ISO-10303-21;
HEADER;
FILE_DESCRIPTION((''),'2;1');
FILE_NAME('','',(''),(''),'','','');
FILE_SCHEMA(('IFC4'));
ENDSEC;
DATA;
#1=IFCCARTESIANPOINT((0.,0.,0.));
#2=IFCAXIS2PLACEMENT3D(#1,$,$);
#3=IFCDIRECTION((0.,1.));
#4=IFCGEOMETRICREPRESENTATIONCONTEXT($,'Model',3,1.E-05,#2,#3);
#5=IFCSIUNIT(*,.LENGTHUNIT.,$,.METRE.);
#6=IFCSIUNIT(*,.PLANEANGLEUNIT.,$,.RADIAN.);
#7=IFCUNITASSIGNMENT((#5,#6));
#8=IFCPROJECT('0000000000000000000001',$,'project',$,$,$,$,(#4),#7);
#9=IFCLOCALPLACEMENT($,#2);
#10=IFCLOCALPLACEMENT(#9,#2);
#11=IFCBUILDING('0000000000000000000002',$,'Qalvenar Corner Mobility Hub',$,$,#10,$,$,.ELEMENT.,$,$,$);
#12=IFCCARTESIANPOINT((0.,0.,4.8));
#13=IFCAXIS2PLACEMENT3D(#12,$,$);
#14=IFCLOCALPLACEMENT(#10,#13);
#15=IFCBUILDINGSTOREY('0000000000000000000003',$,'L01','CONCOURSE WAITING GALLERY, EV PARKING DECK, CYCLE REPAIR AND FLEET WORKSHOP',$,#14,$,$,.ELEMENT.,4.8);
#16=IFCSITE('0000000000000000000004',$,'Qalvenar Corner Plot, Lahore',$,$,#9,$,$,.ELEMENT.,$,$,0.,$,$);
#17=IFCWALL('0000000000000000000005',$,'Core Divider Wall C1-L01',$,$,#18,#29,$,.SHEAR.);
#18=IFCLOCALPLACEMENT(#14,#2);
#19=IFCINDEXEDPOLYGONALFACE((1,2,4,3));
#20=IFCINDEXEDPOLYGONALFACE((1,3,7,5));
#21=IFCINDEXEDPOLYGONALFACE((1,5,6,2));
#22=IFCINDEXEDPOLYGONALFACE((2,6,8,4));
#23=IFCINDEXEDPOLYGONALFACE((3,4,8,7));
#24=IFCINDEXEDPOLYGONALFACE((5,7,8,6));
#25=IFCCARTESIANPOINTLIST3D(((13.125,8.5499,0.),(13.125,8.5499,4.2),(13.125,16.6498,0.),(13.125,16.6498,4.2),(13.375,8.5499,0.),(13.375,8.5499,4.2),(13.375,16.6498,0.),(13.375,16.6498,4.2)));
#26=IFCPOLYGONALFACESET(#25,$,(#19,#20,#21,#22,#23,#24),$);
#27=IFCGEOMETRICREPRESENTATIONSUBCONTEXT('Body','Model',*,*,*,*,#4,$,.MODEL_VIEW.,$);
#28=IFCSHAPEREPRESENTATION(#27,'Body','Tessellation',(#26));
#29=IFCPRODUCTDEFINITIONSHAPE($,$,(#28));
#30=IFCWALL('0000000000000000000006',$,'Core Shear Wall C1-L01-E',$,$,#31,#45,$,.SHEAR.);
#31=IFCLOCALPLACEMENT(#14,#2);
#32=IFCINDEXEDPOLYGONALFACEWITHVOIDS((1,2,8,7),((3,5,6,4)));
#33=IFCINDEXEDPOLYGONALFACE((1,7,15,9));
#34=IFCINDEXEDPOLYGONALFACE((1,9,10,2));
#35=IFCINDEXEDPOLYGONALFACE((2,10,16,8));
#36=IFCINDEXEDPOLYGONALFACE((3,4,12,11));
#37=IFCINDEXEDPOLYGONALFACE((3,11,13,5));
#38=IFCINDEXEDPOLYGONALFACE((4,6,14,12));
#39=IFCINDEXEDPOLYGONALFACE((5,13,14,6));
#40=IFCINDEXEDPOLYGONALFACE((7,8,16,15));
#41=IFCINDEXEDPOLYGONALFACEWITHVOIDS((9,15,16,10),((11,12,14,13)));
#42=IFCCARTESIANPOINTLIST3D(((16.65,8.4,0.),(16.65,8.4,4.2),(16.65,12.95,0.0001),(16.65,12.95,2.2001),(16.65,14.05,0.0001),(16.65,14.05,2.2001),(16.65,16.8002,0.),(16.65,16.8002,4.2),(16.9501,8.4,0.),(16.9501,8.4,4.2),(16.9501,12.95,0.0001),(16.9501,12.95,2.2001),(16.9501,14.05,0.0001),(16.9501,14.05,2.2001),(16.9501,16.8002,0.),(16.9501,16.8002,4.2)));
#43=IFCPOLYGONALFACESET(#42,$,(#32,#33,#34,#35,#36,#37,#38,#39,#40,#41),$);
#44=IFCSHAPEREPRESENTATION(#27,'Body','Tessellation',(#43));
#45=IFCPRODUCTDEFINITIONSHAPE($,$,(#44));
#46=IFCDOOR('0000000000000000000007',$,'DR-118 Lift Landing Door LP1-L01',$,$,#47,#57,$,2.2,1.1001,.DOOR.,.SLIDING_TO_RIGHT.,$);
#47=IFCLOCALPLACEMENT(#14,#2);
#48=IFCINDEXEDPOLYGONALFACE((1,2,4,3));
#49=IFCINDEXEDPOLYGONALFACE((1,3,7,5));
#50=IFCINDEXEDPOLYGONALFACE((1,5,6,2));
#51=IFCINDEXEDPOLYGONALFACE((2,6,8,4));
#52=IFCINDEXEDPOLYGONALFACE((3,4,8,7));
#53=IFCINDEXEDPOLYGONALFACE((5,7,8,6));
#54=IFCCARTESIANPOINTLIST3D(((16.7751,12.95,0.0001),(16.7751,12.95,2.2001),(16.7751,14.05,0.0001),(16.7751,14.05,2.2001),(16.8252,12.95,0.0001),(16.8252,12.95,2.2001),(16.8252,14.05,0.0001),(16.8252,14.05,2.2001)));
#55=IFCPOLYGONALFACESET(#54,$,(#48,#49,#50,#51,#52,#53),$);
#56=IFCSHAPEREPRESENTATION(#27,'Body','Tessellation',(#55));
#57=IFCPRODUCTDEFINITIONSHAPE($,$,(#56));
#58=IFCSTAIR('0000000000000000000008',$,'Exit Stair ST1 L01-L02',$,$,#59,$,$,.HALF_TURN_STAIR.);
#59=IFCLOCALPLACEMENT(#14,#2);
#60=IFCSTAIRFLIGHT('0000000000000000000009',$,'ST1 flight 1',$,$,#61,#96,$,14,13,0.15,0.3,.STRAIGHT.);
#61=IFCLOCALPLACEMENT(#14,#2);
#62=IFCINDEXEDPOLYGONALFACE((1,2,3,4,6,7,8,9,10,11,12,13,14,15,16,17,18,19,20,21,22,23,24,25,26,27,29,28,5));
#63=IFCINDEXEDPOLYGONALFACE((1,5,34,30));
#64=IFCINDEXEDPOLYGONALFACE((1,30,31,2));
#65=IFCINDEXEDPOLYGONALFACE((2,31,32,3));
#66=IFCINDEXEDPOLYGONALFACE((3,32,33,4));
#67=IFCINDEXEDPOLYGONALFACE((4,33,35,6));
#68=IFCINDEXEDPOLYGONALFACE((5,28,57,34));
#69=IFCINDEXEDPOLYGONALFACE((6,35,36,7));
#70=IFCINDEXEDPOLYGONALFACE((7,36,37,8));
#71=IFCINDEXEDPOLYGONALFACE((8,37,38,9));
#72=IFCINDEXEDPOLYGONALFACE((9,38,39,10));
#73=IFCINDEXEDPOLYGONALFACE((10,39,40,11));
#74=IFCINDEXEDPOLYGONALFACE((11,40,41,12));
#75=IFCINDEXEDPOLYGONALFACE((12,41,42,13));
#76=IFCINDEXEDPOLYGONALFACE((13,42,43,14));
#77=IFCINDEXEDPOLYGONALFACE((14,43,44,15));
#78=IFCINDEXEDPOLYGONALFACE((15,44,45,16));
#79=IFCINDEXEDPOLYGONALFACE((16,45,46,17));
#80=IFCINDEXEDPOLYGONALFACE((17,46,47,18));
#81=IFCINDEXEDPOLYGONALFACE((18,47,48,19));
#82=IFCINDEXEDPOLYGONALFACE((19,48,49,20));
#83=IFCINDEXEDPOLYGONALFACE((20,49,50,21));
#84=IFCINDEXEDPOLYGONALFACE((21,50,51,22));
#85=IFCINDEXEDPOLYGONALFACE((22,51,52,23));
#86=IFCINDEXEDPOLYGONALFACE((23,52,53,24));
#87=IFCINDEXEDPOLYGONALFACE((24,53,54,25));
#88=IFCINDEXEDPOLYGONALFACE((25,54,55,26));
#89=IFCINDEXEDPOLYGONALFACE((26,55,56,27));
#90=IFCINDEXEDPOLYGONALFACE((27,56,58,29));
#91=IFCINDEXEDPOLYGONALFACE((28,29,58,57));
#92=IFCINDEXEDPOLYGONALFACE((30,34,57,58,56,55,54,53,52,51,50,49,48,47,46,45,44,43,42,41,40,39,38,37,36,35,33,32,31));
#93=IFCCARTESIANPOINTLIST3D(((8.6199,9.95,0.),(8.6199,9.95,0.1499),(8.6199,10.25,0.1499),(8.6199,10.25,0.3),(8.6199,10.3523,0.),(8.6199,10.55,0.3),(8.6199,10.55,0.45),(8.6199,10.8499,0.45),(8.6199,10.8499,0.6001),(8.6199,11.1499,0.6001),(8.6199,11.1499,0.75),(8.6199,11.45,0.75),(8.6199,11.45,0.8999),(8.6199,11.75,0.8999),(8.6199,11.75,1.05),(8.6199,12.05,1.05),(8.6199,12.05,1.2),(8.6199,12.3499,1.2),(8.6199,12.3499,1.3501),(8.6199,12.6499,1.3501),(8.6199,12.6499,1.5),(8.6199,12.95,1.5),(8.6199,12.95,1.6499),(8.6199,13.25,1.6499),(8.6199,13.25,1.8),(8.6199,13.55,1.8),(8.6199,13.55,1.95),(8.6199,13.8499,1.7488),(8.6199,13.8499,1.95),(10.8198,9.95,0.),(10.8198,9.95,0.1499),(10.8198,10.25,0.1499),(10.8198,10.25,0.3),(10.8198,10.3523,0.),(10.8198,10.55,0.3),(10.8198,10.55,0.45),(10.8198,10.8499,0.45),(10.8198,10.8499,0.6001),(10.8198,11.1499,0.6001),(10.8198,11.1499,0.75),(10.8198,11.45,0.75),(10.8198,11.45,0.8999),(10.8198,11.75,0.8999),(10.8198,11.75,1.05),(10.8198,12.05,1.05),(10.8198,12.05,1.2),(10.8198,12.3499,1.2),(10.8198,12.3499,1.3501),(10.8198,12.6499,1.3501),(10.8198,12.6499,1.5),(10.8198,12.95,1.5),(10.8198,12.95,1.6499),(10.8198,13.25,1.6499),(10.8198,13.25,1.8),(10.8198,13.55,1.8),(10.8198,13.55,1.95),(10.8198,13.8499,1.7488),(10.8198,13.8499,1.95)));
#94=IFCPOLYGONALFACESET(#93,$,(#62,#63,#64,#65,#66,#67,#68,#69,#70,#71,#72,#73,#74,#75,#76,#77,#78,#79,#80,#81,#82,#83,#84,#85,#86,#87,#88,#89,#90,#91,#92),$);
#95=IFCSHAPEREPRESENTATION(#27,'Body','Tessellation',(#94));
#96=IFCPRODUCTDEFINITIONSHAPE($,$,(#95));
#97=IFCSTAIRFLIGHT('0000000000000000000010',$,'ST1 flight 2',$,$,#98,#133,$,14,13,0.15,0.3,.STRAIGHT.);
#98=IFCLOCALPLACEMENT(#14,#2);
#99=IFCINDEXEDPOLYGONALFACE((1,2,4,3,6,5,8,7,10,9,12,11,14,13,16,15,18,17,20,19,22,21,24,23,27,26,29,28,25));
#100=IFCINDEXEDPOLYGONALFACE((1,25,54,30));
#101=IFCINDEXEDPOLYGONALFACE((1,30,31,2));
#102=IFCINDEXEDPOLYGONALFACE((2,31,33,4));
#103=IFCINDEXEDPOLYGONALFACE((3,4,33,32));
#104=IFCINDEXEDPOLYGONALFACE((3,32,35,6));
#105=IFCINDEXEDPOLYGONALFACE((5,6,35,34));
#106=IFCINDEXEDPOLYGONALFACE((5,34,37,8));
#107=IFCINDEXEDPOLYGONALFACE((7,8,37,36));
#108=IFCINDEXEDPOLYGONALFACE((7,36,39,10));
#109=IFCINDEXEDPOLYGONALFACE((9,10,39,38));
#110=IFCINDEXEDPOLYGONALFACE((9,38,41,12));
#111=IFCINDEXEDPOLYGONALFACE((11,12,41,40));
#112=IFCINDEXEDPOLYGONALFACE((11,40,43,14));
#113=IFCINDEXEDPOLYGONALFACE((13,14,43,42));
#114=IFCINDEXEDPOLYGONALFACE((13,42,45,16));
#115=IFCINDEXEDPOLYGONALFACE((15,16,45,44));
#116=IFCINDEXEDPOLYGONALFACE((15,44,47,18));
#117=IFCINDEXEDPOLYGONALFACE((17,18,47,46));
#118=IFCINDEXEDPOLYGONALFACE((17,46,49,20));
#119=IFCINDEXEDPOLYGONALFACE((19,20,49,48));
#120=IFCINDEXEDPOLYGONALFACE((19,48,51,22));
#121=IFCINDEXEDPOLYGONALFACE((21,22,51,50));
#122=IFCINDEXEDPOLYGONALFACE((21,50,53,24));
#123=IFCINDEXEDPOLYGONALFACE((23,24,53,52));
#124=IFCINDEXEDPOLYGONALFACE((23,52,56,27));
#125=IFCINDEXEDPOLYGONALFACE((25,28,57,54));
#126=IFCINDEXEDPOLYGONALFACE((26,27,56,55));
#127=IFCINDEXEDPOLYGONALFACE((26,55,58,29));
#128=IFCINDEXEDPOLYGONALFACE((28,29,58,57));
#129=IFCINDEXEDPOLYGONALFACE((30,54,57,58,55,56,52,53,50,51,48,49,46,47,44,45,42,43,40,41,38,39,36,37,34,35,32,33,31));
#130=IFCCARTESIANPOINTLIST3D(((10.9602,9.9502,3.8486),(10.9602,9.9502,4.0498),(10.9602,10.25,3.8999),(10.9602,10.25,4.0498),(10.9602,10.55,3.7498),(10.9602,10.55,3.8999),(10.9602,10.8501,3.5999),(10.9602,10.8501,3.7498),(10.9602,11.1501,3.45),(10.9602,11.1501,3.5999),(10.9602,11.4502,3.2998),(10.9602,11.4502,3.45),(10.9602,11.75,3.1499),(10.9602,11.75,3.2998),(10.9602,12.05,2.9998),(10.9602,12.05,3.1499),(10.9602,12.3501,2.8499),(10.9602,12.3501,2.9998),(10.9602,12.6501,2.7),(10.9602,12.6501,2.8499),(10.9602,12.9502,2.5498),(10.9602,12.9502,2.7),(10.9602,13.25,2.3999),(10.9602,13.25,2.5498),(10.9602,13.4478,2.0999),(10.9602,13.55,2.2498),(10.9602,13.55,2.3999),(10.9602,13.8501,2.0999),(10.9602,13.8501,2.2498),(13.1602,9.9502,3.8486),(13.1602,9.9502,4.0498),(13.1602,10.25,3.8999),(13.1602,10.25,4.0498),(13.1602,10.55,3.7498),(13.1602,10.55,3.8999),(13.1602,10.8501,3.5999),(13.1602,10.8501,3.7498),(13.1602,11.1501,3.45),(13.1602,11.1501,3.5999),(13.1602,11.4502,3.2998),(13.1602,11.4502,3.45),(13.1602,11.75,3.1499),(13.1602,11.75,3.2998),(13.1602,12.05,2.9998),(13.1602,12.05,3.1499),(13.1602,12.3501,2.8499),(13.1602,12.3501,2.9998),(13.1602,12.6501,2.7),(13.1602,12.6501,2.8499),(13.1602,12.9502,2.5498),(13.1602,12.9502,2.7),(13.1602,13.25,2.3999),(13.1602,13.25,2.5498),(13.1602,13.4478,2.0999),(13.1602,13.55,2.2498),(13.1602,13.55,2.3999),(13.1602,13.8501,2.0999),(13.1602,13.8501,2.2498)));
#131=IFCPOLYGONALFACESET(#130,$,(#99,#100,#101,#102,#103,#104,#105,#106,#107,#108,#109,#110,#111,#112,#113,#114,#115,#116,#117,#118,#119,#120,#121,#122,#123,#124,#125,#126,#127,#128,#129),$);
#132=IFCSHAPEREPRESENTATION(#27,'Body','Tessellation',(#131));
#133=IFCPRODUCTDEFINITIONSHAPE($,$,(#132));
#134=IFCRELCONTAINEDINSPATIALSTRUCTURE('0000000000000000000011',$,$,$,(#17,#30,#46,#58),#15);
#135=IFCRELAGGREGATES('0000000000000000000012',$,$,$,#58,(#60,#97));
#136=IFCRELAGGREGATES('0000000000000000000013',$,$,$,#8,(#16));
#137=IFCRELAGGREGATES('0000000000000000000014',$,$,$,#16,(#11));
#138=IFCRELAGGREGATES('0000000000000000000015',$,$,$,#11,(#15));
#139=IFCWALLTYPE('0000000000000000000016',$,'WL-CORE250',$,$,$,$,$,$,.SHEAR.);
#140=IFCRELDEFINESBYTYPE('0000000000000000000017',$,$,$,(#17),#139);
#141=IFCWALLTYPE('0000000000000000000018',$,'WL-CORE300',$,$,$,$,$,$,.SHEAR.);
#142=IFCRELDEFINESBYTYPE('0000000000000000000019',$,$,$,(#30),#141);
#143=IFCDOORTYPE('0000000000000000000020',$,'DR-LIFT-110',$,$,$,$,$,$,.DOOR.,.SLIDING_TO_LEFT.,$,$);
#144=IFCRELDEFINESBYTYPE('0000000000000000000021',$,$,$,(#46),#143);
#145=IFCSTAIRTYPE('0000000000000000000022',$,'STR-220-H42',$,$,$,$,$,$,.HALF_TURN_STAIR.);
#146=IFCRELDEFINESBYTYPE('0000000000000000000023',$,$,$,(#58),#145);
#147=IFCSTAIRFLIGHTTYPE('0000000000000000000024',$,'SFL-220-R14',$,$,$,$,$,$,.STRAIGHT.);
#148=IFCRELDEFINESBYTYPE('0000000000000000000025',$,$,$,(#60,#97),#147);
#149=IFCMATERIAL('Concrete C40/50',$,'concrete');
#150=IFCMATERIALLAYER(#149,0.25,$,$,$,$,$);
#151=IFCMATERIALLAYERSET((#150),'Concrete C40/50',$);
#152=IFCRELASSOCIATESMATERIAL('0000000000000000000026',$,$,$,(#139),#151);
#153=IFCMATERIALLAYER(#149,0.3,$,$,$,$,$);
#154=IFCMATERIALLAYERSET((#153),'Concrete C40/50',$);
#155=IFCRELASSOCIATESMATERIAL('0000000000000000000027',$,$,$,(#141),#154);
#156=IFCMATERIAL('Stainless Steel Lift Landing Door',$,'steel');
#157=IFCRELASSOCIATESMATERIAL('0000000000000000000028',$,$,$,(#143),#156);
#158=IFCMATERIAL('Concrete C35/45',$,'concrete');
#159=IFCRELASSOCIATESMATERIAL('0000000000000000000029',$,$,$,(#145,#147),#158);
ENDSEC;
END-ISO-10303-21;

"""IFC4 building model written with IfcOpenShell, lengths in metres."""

from ifc_helpers import new_model, si_unit, direction, frame, frame_2d, origin, place, context, subcontext, project, spatial, polyline, rectangle, outline, extrude, material, layer, layer_set, type_object, element, fill, aggregate, save


model = new_model("IFC4")

# Units and contexts
model_context = context("Model", 3, precision=1e-05, world=origin(), true_north=direction((0.0, 1.0)))
body_context = subcontext(model_context, "Body", "Model", "MODEL_VIEW")
ifc_project = project(units=[si_unit("LENGTHUNIT", "METRE"), si_unit("PLANEANGLEUNIT", "RADIAN")], contexts=[model_context])

# Site, building, storey
site_placement = place(None, origin())
site = spatial("IfcSite", under=ifc_project, at=site_placement, Name="Qalvenar Corner Plot, Lahore", CompositionType="ELEMENT", RefElevation=0.0)
building_placement = place(site_placement, origin())
building = spatial("IfcBuilding", under=site, at=building_placement, Name="Qalvenar Corner Mobility Hub", CompositionType="ELEMENT")
storey_placement = place(building_placement, frame((0.0, 0.0, 4.8)))
storey = spatial("IfcBuildingStorey", under=building, at=storey_placement, Name="L01", Description="CONCOURSE WAITING GALLERY, EV PARKING DECK, CYCLE REPAIR AND FLEET WORKSHOP", CompositionType="ELEMENT", Elevation=4.8)

# Wall
ifc_material_1 = material(Name="Concrete C40/50", Category="concrete")
ifc_layer_1 = layer(ifc_material_1, 0.25)
ifc_layer_set_1 = layer_set([ifc_layer_1], Name="Concrete C40/50")
wall_type_1 = type_object("IfcWallType", Name="WL-CORE250", PredefinedType="SHEAR", material=ifc_layer_set_1)
wall_1_placement = place(storey_placement, frame((13.25, 8.55, 0.0), z_axis=(0.0, 0.0, 1.0), x_axis=(0.0, 1.0, 0.0)))
element("IfcWall", 1, at=wall_1_placement, inside=storey, type_object=wall_type_1, Name="Core Divider Wall C1-L01", PredefinedType="SHEAR", context=body_context, shape_type="SweptSolid", body=[
    extrude(rectangle(XDim=8.0999, YDim=0.25, at=frame_2d((4.0498, 0.0))), origin(), (0.0, 0.0, 1.0), 4.2),
])

# Wall, opening, door
ifc_layer_2 = layer(ifc_material_1, 0.3)
ifc_layer_set_2 = layer_set([ifc_layer_2], Name="Concrete C40/50")
wall_type_2 = type_object("IfcWallType", Name="WL-CORE300", PredefinedType="SHEAR", material=ifc_layer_set_2)
wall_2_placement = place(storey_placement, frame((16.8, 8.3999, 0.0), z_axis=(0.0, 0.0, 1.0), x_axis=(0.0, 1.0, 0.0)))
wall_2 = element("IfcWall", 2, at=wall_2_placement, inside=storey, type_object=wall_type_2, Name="Core Shear Wall C1-L01-E", PredefinedType="SHEAR", context=body_context, shape_type="SweptSolid", body=[
    extrude(rectangle(XDim=8.4001, YDim=0.3, at=frame_2d((4.2002, 0.0))), origin(), (0.0, 0.0, 1.0), 4.2),
])
opening_placement = place(wall_2_placement, frame((4.55, 0.0, 0.0)))
opening = element("IfcOpeningElement", 3, at=opening_placement, cuts=wall_2, PredefinedType="OPENING", context=body_context, shape_type="SweptSolid", body=[
    extrude(rectangle(XDim=1.1001, YDim=2.2, at=frame_2d((0.55, 1.1001))), frame((0.0, 0.1602, 0.0), z_axis=(0.0, -1.0, 0.0), x_axis=(1.0, 0.0, 0.0)), (0.0, 0.0, 1.0), 0.3201),
])
ifc_material_2 = material(Name="Stainless Steel Lift Landing Door", Category="steel")
door_type = type_object("IfcDoorType", Name="DR-LIFT-110", OperationType="SLIDING_TO_LEFT", PredefinedType="DOOR", material=ifc_material_2)
door_placement = place(opening_placement, origin())
door = element("IfcDoor", 4, at=door_placement, inside=storey, type_object=door_type, Name="DR-118 Lift Landing Door LP1-L01", OperationType="SLIDING_TO_RIGHT", OverallHeight=2.2, OverallWidth=1.1001, PredefinedType="DOOR", context=body_context, shape_type="SweptSolid", body=[
    extrude(rectangle(XDim=1.1001, YDim=2.2, at=frame_2d((0.55, 1.1001))), frame((0.0, 0.0249, 0.0), z_axis=(0.0, -1.0, 0.0), x_axis=(1.0, 0.0, 0.0)), (0.0, 0.0, 1.0), 0.05),
])
fill(opening, door)

# Stair, stair flights
ifc_material_3 = material(Name="Concrete C35/45", Category="concrete")
stair_type = type_object("IfcStairType", Name="STR-220-H42", PredefinedType="HALF_TURN_STAIR", material=ifc_material_3)
stair_placement = place(storey_placement, origin())
stair = element("IfcStair", 5, at=stair_placement, inside=storey, type_object=stair_type, Name="Exit Stair ST1 L01-L02", PredefinedType="HALF_TURN_STAIR")
stair_flight_type = type_object("IfcStairFlightType", Name="SFL-220-R14", PredefinedType="STRAIGHT", material=ifc_material_3)
stair_flight_1_placement = place(storey_placement, frame((9.72, 9.95, 0.0), z_axis=(0.0, 0.0, 1.0), x_axis=(0.0, 1.0, 0.0)))
stair_flight_1 = element("IfcStairFlight", 6, at=stair_flight_1_placement, type_object=stair_flight_type, Name="ST1 flight 1", NumberOfRisers=14, NumberOfTreads=13, PredefinedType="STRAIGHT", RiserHeight=0.15, TreadLength=0.3, context=body_context, shape_type="SweptSolid", body=[
    extrude(outline(polyline([(0.0, 0.0), (0.0, 0.1499), (0.3, 0.1499), (0.3, 0.3), (0.6001, 0.3), (0.6001, 0.45), (0.8999, 0.45), (0.8999, 0.6001), (1.2, 0.6001), (1.2, 0.75), (1.5, 0.75), (1.5, 0.8999), (1.8, 0.8999), (1.8, 1.05), (2.1001, 1.05), (2.1001, 1.2), (2.3999, 1.2), (2.3999, 1.3501), (2.7, 1.3501), (2.7, 1.5), (3.0, 1.5), (3.0, 1.6499), (3.3, 1.6499), (3.3, 1.8), (3.6001, 1.8), (3.6001, 1.95), (3.8999, 1.95), (3.8999, 2.1001), (3.8999, 1.7488), (0.4023, 0.0), (0.0, 0.0)])), frame((0.0, 1.1001, 0.0), z_axis=(0.0, -1.0, 0.0), x_axis=(1.0, 0.0, 0.0)), (0.0, 0.0, 1.0), 2.2),
])
stair_flight_2_placement = place(storey_placement, frame((12.0601, 13.8501, 2.0999), z_axis=(0.0, 0.0, 1.0), x_axis=(0.0, -1.0, 0.0)))
stair_flight_2 = element("IfcStairFlight", 7, at=stair_flight_2_placement, type_object=stair_flight_type, Name="ST1 flight 2", NumberOfRisers=14, NumberOfTreads=13, PredefinedType="STRAIGHT", RiserHeight=0.15, TreadLength=0.3, context=body_context, shape_type="SweptSolid", body=[
    extrude(outline(polyline([(0.0, 0.0), (0.0, 0.1499), (0.3, 0.1499), (0.3, 0.3), (0.6001, 0.3), (0.6001, 0.45), (0.8999, 0.45), (0.8999, 0.6001), (1.2, 0.6001), (1.2, 0.75), (1.5, 0.75), (1.5, 0.8999), (1.8, 0.8999), (1.8, 1.05), (2.1001, 1.05), (2.1001, 1.2), (2.3999, 1.2), (2.3999, 1.3501), (2.7, 1.3501), (2.7, 1.5), (3.0, 1.5), (3.0, 1.6499), (3.3, 1.6499), (3.3, 1.8), (3.6001, 1.8), (3.6001, 1.95), (3.8999, 1.95), (3.8999, 2.1001), (3.8999, 1.7488), (0.4023, 0.0), (0.0, 0.0)])), frame((0.0, 1.1001, 0.0), z_axis=(0.0, -1.0, 0.0), x_axis=(1.0, 0.0, 0.0)), (0.0, 0.0, 1.0), 2.2),
])
aggregate(stair, [stair_flight_1, stair_flight_2])

save(model, "model.ifc")
